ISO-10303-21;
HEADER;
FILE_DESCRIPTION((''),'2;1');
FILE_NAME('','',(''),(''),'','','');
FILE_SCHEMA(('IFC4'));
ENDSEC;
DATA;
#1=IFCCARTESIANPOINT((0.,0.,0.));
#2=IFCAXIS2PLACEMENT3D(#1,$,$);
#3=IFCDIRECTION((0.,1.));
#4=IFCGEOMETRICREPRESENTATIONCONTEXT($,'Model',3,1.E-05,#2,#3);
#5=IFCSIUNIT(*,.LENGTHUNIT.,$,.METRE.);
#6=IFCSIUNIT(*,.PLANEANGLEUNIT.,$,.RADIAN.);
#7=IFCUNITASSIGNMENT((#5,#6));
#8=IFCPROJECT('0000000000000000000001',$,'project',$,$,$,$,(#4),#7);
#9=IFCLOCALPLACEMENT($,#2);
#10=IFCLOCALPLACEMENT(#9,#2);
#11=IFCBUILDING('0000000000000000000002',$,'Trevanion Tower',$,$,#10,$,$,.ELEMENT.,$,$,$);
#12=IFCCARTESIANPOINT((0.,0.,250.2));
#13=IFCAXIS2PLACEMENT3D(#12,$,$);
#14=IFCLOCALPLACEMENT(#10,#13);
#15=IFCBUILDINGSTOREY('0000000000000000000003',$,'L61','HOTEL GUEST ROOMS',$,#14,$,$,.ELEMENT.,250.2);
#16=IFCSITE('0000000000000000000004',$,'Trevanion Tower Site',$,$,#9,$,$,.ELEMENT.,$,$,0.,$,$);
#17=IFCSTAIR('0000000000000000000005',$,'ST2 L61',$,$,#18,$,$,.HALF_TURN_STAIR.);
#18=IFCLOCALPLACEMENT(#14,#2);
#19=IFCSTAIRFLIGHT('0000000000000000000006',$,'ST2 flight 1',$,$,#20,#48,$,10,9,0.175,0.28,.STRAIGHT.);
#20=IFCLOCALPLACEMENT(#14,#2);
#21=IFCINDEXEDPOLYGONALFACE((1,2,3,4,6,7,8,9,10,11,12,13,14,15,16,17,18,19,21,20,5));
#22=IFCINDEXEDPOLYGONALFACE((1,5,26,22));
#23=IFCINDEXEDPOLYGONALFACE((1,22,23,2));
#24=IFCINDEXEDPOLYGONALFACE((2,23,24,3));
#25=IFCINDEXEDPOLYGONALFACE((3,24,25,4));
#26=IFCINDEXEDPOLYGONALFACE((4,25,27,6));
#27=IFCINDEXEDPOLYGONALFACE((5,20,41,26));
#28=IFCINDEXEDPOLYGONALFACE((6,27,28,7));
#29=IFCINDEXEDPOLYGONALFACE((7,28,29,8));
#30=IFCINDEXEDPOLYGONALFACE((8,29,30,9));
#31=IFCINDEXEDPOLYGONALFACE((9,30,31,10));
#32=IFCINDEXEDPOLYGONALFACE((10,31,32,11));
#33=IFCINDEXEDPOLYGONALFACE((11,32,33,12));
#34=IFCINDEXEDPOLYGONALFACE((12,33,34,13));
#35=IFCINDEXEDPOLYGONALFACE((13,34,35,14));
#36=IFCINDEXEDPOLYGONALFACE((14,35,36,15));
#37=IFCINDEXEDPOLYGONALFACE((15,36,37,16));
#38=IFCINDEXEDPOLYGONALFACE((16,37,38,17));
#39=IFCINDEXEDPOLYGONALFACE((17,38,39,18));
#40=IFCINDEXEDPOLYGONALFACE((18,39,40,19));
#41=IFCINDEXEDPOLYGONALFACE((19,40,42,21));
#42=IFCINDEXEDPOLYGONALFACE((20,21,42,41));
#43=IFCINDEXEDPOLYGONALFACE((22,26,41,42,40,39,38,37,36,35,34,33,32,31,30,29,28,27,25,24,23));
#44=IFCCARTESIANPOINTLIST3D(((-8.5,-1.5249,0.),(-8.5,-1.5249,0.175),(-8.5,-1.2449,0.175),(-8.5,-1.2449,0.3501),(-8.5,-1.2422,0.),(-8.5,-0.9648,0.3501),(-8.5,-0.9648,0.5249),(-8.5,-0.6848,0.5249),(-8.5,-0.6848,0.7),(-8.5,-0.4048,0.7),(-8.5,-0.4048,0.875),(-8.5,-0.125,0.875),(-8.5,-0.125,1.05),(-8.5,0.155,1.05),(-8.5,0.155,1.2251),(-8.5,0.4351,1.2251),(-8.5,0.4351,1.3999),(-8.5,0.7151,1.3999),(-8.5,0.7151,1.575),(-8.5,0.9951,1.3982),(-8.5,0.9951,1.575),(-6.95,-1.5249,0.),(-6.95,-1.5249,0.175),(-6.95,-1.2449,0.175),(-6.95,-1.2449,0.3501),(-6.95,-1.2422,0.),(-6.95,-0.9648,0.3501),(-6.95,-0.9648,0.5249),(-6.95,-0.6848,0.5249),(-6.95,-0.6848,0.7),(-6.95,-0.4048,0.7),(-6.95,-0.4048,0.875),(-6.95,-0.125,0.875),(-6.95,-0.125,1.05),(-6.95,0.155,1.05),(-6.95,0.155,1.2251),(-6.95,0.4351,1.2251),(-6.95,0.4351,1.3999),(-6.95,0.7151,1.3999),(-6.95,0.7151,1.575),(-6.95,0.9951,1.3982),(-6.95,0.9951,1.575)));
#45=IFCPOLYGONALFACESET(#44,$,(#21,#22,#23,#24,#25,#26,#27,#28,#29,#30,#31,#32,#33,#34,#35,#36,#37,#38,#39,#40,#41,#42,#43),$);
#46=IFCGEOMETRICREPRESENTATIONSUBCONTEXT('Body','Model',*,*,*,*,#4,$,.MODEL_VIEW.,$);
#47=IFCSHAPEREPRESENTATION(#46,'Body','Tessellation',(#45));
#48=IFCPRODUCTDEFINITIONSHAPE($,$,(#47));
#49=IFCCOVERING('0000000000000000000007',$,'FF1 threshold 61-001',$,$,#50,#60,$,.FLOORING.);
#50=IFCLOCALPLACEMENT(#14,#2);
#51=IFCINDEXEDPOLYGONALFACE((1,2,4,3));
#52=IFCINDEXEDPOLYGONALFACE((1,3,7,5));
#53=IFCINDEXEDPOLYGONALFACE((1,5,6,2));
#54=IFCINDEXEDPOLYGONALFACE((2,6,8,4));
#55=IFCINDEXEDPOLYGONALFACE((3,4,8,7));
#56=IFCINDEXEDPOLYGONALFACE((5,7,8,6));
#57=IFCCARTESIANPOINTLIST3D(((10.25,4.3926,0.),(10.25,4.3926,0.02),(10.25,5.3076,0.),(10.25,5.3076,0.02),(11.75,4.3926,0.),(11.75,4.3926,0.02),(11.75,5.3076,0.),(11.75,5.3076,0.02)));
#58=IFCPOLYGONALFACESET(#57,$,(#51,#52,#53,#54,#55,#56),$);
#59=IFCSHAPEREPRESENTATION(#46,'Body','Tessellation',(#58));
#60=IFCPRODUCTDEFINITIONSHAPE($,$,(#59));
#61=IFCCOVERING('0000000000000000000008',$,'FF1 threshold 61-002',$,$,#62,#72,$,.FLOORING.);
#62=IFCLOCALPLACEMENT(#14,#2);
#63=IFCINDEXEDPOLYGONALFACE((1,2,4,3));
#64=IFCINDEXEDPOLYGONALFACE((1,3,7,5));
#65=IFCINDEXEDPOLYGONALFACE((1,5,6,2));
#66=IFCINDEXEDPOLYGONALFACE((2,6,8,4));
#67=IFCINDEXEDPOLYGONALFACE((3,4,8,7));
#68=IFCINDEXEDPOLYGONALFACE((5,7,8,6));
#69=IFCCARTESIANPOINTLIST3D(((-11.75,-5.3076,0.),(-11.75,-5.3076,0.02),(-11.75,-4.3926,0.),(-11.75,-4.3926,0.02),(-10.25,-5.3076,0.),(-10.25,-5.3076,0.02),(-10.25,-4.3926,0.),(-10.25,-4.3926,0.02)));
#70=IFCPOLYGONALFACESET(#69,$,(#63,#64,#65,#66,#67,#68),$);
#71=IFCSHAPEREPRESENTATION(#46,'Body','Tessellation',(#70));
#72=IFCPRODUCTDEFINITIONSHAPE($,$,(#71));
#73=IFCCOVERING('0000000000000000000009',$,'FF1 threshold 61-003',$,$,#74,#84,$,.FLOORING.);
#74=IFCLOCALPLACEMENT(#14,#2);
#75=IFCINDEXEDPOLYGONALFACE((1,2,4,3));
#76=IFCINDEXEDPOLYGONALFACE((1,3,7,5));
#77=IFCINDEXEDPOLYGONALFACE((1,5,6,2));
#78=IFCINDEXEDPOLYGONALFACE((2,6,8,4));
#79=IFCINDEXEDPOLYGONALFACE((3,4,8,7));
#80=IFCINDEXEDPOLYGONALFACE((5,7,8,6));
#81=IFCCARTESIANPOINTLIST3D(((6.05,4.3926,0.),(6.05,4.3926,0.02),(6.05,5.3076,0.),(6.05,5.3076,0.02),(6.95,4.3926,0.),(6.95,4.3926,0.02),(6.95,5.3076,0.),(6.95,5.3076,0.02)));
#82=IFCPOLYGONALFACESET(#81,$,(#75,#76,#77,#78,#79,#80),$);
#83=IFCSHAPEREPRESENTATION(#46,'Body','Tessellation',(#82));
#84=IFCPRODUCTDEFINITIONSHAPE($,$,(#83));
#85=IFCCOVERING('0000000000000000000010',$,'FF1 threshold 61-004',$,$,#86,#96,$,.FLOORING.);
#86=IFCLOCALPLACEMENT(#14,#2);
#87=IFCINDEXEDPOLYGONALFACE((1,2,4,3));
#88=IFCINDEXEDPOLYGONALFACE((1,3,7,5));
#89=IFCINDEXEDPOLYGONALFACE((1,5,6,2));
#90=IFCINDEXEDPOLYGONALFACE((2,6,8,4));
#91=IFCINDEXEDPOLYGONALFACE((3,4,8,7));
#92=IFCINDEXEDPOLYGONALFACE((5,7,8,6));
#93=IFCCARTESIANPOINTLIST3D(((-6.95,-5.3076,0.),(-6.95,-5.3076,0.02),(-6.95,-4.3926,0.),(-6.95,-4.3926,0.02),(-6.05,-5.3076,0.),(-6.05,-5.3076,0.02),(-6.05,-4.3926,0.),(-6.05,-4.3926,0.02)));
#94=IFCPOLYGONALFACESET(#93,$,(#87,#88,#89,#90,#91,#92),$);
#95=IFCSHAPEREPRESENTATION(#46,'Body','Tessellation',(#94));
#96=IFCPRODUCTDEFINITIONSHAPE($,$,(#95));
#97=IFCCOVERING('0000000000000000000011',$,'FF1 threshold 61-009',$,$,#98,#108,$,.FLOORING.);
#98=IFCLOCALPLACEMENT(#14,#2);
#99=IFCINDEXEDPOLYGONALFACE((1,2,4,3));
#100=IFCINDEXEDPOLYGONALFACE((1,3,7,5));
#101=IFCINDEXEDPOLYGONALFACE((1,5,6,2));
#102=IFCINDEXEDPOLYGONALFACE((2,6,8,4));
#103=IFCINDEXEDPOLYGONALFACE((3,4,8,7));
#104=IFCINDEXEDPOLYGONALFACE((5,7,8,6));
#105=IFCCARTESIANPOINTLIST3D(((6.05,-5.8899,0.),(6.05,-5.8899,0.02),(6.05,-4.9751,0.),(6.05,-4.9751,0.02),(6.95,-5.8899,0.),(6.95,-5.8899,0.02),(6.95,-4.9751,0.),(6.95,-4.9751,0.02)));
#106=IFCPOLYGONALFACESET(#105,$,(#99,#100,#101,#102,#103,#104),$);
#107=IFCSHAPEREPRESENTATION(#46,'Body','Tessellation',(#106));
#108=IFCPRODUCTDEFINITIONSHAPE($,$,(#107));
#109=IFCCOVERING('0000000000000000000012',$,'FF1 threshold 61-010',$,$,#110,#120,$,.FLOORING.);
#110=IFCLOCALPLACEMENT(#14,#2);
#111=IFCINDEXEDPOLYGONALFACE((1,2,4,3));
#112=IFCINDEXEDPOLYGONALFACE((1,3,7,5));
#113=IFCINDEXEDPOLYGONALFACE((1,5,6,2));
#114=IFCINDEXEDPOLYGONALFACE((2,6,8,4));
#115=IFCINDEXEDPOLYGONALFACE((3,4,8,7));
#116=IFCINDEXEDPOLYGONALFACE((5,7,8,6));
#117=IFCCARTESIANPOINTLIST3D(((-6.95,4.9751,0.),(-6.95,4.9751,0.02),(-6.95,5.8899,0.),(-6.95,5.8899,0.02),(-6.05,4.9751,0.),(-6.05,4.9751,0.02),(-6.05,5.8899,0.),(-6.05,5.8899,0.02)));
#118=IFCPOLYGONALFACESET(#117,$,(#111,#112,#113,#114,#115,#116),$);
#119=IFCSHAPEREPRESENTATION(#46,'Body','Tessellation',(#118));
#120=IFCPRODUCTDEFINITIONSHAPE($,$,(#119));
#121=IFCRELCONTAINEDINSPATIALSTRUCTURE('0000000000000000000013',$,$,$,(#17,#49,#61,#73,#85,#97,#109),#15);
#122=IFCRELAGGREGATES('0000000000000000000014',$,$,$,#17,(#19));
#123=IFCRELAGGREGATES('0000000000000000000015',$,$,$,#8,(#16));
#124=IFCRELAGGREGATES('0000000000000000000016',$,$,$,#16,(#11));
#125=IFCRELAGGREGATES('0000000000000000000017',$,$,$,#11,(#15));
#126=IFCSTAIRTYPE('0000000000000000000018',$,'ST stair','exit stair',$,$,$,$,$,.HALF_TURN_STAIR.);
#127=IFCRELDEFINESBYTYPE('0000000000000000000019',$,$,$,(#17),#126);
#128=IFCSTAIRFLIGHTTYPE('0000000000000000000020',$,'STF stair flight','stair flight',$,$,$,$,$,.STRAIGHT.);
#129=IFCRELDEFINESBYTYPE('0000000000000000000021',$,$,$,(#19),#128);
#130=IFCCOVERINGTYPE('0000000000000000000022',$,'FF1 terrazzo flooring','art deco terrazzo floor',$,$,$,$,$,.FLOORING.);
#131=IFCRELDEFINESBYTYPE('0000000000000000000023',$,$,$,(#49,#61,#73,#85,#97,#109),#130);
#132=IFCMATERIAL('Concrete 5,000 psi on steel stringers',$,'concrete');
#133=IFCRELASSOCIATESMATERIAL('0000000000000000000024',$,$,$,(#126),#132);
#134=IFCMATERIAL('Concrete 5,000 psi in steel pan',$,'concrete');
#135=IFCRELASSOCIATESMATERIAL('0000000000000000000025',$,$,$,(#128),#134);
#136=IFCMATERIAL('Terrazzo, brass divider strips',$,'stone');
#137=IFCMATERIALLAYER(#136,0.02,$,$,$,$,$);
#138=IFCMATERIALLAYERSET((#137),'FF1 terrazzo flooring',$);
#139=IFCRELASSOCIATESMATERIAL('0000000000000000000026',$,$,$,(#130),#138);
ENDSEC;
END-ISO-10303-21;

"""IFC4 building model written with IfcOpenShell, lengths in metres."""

from ifc_helpers import new_model, si_unit, direction, frame, origin, place, context, subcontext, project, spatial, polyline, outline, extrude, material, layer, layer_set, type_object, element, aggregate, save


model = new_model("IFC4")

# Units and contexts
model_context = context("Model", 3, precision=1e-05, world=origin(), true_north=direction((0.0, 1.0)))
body_context = subcontext(model_context, "Body", "Model", "MODEL_VIEW")
ifc_project = project(units=[si_unit("LENGTHUNIT", "METRE"), si_unit("PLANEANGLEUNIT", "RADIAN")], contexts=[model_context])

# Site, building, storey
site_placement = place(None, origin())
site = spatial("IfcSite", under=ifc_project, at=site_placement, Name="Trevanion Tower Site", CompositionType="ELEMENT", RefElevation=0.0)
building_placement = place(site_placement, origin())
building = spatial("IfcBuilding", under=site, at=building_placement, Name="Trevanion Tower", CompositionType="ELEMENT")
storey_placement = place(building_placement, frame((0.0, 0.0, 250.2)))
storey = spatial("IfcBuildingStorey", under=building, at=storey_placement, Name="L61", Description="HOTEL GUEST ROOMS", CompositionType="ELEMENT", Elevation=250.2)

# Stair, stair flight
ifc_material_1 = material(Name="Concrete 5,000 psi on steel stringers", Category="concrete")
stair_type = type_object("IfcStairType", Name="ST stair", Description="exit stair", PredefinedType="HALF_TURN_STAIR", material=ifc_material_1)
stair_placement = place(storey_placement, origin())
stair = element("IfcStair", 1, at=stair_placement, inside=storey, type_object=stair_type, Name="ST2 L61", PredefinedType="HALF_TURN_STAIR")
ifc_material_2 = material(Name="Concrete 5,000 psi in steel pan", Category="concrete")
stair_flight_type = type_object("IfcStairFlightType", Name="STF stair flight", Description="stair flight", PredefinedType="STRAIGHT", material=ifc_material_2)
stair_flight_placement = place(storey_placement, frame((-7.7251, -1.5249, 0.0), z_axis=(0.0, 0.0, 1.0), x_axis=(0.0, 1.0, 0.0)))
stair_flight = element("IfcStairFlight", 2, at=stair_flight_placement, type_object=stair_flight_type, Name="ST2 flight 1", NumberOfRisers=10, NumberOfTreads=9, PredefinedType="STRAIGHT", RiserHeight=0.175, TreadLength=0.28, context=body_context, shape_type="SweptSolid", body=[
    extrude(outline(polyline([(0.0, 0.0), (0.0, 0.175), (0.28, 0.175), (0.28, 0.3501), (0.5601, 0.3501), (0.5601, 0.5249), (0.8401, 0.5249), (0.8401, 0.7), (1.1201, 0.7), (1.1201, 0.875), (1.3999, 0.875), (1.3999, 1.05), (1.6799, 1.05), (1.6799, 1.2251), (1.96, 1.2251), (1.96, 1.3999), (2.24, 1.3999), (2.24, 1.575), (2.52, 1.575), (2.52, 1.75), (2.52, 1.3982), (0.2827, 0.0), (0.0, 0.0)])), frame((0.0, 0.7749, 0.0), z_axis=(0.0, -1.0, 0.0), x_axis=(1.0, 0.0, 0.0)), (0.0, 0.0, 1.0), 1.55),
])
aggregate(stair, [stair_flight])

# Coverings
ifc_material_3 = material(Name="Terrazzo, brass divider strips", Category="stone")
ifc_layer_1 = layer(ifc_material_3, 0.02)
ifc_layer_set_1 = layer_set([ifc_layer_1], Name="FF1 terrazzo flooring")
covering_type = type_object("IfcCoveringType", Name="FF1 terrazzo flooring", Description="art deco terrazzo floor", PredefinedType="FLOORING", material=ifc_layer_set_1)
covering_1_placement = place(storey_placement, origin())
element("IfcCovering", 3, at=covering_1_placement, inside=storey, type_object=covering_type, Name="FF1 threshold 61-001", PredefinedType="FLOORING", context=body_context, shape_type="SweptSolid", body=[
    extrude(outline(polyline([(11.75, 4.3926), (11.75, 5.3076), (10.25, 5.3076), (10.25, 4.3926), (11.75, 4.3926)])), origin(), (0.0, 0.0, 1.0), 0.02),
])
covering_2_placement = place(storey_placement, origin())
element("IfcCovering", 4, at=covering_2_placement, inside=storey, type_object=covering_type, Name="FF1 threshold 61-002", PredefinedType="FLOORING", context=body_context, shape_type="SweptSolid", body=[
    extrude(outline(polyline([(-11.75, -4.3926), (-11.75, -5.3076), (-10.25, -5.3076), (-10.25, -4.3926), (-11.75, -4.3926)])), origin(), (0.0, 0.0, 1.0), 0.02),
])
covering_3_placement = place(storey_placement, origin())
element("IfcCovering", 5, at=covering_3_placement, inside=storey, type_object=covering_type, Name="FF1 threshold 61-003", PredefinedType="FLOORING", context=body_context, shape_type="SweptSolid", body=[
    extrude(outline(polyline([(6.95, 4.3926), (6.95, 5.3076), (6.05, 5.3076), (6.05, 4.3926), (6.95, 4.3926)])), origin(), (0.0, 0.0, 1.0), 0.02),
])
covering_4_placement = place(storey_placement, origin())
element("IfcCovering", 6, at=covering_4_placement, inside=storey, type_object=covering_type, Name="FF1 threshold 61-004", PredefinedType="FLOORING", context=body_context, shape_type="SweptSolid", body=[
    extrude(outline(polyline([(-6.95, -4.3926), (-6.95, -5.3076), (-6.05, -5.3076), (-6.05, -4.3926), (-6.95, -4.3926)])), origin(), (0.0, 0.0, 1.0), 0.02),
])
covering_5_placement = place(storey_placement, origin())
element("IfcCovering", 7, at=covering_5_placement, inside=storey, type_object=covering_type, Name="FF1 threshold 61-009", PredefinedType="FLOORING", context=body_context, shape_type="SweptSolid", body=[
    extrude(outline(polyline([(6.95, -5.8899), (6.95, -4.9751), (6.05, -4.9751), (6.05, -5.8899), (6.95, -5.8899)])), origin(), (0.0, 0.0, 1.0), 0.02),
])
covering_6_placement = place(storey_placement, origin())
element("IfcCovering", 8, at=covering_6_placement, inside=storey, type_object=covering_type, Name="FF1 threshold 61-010", PredefinedType="FLOORING", context=body_context, shape_type="SweptSolid", body=[
    extrude(outline(polyline([(-6.95, 5.8899), (-6.95, 4.9751), (-6.05, 4.9751), (-6.05, 5.8899), (-6.95, 5.8899)])), origin(), (0.0, 0.0, 1.0), 0.02),
])

save(model, "model.ifc")
